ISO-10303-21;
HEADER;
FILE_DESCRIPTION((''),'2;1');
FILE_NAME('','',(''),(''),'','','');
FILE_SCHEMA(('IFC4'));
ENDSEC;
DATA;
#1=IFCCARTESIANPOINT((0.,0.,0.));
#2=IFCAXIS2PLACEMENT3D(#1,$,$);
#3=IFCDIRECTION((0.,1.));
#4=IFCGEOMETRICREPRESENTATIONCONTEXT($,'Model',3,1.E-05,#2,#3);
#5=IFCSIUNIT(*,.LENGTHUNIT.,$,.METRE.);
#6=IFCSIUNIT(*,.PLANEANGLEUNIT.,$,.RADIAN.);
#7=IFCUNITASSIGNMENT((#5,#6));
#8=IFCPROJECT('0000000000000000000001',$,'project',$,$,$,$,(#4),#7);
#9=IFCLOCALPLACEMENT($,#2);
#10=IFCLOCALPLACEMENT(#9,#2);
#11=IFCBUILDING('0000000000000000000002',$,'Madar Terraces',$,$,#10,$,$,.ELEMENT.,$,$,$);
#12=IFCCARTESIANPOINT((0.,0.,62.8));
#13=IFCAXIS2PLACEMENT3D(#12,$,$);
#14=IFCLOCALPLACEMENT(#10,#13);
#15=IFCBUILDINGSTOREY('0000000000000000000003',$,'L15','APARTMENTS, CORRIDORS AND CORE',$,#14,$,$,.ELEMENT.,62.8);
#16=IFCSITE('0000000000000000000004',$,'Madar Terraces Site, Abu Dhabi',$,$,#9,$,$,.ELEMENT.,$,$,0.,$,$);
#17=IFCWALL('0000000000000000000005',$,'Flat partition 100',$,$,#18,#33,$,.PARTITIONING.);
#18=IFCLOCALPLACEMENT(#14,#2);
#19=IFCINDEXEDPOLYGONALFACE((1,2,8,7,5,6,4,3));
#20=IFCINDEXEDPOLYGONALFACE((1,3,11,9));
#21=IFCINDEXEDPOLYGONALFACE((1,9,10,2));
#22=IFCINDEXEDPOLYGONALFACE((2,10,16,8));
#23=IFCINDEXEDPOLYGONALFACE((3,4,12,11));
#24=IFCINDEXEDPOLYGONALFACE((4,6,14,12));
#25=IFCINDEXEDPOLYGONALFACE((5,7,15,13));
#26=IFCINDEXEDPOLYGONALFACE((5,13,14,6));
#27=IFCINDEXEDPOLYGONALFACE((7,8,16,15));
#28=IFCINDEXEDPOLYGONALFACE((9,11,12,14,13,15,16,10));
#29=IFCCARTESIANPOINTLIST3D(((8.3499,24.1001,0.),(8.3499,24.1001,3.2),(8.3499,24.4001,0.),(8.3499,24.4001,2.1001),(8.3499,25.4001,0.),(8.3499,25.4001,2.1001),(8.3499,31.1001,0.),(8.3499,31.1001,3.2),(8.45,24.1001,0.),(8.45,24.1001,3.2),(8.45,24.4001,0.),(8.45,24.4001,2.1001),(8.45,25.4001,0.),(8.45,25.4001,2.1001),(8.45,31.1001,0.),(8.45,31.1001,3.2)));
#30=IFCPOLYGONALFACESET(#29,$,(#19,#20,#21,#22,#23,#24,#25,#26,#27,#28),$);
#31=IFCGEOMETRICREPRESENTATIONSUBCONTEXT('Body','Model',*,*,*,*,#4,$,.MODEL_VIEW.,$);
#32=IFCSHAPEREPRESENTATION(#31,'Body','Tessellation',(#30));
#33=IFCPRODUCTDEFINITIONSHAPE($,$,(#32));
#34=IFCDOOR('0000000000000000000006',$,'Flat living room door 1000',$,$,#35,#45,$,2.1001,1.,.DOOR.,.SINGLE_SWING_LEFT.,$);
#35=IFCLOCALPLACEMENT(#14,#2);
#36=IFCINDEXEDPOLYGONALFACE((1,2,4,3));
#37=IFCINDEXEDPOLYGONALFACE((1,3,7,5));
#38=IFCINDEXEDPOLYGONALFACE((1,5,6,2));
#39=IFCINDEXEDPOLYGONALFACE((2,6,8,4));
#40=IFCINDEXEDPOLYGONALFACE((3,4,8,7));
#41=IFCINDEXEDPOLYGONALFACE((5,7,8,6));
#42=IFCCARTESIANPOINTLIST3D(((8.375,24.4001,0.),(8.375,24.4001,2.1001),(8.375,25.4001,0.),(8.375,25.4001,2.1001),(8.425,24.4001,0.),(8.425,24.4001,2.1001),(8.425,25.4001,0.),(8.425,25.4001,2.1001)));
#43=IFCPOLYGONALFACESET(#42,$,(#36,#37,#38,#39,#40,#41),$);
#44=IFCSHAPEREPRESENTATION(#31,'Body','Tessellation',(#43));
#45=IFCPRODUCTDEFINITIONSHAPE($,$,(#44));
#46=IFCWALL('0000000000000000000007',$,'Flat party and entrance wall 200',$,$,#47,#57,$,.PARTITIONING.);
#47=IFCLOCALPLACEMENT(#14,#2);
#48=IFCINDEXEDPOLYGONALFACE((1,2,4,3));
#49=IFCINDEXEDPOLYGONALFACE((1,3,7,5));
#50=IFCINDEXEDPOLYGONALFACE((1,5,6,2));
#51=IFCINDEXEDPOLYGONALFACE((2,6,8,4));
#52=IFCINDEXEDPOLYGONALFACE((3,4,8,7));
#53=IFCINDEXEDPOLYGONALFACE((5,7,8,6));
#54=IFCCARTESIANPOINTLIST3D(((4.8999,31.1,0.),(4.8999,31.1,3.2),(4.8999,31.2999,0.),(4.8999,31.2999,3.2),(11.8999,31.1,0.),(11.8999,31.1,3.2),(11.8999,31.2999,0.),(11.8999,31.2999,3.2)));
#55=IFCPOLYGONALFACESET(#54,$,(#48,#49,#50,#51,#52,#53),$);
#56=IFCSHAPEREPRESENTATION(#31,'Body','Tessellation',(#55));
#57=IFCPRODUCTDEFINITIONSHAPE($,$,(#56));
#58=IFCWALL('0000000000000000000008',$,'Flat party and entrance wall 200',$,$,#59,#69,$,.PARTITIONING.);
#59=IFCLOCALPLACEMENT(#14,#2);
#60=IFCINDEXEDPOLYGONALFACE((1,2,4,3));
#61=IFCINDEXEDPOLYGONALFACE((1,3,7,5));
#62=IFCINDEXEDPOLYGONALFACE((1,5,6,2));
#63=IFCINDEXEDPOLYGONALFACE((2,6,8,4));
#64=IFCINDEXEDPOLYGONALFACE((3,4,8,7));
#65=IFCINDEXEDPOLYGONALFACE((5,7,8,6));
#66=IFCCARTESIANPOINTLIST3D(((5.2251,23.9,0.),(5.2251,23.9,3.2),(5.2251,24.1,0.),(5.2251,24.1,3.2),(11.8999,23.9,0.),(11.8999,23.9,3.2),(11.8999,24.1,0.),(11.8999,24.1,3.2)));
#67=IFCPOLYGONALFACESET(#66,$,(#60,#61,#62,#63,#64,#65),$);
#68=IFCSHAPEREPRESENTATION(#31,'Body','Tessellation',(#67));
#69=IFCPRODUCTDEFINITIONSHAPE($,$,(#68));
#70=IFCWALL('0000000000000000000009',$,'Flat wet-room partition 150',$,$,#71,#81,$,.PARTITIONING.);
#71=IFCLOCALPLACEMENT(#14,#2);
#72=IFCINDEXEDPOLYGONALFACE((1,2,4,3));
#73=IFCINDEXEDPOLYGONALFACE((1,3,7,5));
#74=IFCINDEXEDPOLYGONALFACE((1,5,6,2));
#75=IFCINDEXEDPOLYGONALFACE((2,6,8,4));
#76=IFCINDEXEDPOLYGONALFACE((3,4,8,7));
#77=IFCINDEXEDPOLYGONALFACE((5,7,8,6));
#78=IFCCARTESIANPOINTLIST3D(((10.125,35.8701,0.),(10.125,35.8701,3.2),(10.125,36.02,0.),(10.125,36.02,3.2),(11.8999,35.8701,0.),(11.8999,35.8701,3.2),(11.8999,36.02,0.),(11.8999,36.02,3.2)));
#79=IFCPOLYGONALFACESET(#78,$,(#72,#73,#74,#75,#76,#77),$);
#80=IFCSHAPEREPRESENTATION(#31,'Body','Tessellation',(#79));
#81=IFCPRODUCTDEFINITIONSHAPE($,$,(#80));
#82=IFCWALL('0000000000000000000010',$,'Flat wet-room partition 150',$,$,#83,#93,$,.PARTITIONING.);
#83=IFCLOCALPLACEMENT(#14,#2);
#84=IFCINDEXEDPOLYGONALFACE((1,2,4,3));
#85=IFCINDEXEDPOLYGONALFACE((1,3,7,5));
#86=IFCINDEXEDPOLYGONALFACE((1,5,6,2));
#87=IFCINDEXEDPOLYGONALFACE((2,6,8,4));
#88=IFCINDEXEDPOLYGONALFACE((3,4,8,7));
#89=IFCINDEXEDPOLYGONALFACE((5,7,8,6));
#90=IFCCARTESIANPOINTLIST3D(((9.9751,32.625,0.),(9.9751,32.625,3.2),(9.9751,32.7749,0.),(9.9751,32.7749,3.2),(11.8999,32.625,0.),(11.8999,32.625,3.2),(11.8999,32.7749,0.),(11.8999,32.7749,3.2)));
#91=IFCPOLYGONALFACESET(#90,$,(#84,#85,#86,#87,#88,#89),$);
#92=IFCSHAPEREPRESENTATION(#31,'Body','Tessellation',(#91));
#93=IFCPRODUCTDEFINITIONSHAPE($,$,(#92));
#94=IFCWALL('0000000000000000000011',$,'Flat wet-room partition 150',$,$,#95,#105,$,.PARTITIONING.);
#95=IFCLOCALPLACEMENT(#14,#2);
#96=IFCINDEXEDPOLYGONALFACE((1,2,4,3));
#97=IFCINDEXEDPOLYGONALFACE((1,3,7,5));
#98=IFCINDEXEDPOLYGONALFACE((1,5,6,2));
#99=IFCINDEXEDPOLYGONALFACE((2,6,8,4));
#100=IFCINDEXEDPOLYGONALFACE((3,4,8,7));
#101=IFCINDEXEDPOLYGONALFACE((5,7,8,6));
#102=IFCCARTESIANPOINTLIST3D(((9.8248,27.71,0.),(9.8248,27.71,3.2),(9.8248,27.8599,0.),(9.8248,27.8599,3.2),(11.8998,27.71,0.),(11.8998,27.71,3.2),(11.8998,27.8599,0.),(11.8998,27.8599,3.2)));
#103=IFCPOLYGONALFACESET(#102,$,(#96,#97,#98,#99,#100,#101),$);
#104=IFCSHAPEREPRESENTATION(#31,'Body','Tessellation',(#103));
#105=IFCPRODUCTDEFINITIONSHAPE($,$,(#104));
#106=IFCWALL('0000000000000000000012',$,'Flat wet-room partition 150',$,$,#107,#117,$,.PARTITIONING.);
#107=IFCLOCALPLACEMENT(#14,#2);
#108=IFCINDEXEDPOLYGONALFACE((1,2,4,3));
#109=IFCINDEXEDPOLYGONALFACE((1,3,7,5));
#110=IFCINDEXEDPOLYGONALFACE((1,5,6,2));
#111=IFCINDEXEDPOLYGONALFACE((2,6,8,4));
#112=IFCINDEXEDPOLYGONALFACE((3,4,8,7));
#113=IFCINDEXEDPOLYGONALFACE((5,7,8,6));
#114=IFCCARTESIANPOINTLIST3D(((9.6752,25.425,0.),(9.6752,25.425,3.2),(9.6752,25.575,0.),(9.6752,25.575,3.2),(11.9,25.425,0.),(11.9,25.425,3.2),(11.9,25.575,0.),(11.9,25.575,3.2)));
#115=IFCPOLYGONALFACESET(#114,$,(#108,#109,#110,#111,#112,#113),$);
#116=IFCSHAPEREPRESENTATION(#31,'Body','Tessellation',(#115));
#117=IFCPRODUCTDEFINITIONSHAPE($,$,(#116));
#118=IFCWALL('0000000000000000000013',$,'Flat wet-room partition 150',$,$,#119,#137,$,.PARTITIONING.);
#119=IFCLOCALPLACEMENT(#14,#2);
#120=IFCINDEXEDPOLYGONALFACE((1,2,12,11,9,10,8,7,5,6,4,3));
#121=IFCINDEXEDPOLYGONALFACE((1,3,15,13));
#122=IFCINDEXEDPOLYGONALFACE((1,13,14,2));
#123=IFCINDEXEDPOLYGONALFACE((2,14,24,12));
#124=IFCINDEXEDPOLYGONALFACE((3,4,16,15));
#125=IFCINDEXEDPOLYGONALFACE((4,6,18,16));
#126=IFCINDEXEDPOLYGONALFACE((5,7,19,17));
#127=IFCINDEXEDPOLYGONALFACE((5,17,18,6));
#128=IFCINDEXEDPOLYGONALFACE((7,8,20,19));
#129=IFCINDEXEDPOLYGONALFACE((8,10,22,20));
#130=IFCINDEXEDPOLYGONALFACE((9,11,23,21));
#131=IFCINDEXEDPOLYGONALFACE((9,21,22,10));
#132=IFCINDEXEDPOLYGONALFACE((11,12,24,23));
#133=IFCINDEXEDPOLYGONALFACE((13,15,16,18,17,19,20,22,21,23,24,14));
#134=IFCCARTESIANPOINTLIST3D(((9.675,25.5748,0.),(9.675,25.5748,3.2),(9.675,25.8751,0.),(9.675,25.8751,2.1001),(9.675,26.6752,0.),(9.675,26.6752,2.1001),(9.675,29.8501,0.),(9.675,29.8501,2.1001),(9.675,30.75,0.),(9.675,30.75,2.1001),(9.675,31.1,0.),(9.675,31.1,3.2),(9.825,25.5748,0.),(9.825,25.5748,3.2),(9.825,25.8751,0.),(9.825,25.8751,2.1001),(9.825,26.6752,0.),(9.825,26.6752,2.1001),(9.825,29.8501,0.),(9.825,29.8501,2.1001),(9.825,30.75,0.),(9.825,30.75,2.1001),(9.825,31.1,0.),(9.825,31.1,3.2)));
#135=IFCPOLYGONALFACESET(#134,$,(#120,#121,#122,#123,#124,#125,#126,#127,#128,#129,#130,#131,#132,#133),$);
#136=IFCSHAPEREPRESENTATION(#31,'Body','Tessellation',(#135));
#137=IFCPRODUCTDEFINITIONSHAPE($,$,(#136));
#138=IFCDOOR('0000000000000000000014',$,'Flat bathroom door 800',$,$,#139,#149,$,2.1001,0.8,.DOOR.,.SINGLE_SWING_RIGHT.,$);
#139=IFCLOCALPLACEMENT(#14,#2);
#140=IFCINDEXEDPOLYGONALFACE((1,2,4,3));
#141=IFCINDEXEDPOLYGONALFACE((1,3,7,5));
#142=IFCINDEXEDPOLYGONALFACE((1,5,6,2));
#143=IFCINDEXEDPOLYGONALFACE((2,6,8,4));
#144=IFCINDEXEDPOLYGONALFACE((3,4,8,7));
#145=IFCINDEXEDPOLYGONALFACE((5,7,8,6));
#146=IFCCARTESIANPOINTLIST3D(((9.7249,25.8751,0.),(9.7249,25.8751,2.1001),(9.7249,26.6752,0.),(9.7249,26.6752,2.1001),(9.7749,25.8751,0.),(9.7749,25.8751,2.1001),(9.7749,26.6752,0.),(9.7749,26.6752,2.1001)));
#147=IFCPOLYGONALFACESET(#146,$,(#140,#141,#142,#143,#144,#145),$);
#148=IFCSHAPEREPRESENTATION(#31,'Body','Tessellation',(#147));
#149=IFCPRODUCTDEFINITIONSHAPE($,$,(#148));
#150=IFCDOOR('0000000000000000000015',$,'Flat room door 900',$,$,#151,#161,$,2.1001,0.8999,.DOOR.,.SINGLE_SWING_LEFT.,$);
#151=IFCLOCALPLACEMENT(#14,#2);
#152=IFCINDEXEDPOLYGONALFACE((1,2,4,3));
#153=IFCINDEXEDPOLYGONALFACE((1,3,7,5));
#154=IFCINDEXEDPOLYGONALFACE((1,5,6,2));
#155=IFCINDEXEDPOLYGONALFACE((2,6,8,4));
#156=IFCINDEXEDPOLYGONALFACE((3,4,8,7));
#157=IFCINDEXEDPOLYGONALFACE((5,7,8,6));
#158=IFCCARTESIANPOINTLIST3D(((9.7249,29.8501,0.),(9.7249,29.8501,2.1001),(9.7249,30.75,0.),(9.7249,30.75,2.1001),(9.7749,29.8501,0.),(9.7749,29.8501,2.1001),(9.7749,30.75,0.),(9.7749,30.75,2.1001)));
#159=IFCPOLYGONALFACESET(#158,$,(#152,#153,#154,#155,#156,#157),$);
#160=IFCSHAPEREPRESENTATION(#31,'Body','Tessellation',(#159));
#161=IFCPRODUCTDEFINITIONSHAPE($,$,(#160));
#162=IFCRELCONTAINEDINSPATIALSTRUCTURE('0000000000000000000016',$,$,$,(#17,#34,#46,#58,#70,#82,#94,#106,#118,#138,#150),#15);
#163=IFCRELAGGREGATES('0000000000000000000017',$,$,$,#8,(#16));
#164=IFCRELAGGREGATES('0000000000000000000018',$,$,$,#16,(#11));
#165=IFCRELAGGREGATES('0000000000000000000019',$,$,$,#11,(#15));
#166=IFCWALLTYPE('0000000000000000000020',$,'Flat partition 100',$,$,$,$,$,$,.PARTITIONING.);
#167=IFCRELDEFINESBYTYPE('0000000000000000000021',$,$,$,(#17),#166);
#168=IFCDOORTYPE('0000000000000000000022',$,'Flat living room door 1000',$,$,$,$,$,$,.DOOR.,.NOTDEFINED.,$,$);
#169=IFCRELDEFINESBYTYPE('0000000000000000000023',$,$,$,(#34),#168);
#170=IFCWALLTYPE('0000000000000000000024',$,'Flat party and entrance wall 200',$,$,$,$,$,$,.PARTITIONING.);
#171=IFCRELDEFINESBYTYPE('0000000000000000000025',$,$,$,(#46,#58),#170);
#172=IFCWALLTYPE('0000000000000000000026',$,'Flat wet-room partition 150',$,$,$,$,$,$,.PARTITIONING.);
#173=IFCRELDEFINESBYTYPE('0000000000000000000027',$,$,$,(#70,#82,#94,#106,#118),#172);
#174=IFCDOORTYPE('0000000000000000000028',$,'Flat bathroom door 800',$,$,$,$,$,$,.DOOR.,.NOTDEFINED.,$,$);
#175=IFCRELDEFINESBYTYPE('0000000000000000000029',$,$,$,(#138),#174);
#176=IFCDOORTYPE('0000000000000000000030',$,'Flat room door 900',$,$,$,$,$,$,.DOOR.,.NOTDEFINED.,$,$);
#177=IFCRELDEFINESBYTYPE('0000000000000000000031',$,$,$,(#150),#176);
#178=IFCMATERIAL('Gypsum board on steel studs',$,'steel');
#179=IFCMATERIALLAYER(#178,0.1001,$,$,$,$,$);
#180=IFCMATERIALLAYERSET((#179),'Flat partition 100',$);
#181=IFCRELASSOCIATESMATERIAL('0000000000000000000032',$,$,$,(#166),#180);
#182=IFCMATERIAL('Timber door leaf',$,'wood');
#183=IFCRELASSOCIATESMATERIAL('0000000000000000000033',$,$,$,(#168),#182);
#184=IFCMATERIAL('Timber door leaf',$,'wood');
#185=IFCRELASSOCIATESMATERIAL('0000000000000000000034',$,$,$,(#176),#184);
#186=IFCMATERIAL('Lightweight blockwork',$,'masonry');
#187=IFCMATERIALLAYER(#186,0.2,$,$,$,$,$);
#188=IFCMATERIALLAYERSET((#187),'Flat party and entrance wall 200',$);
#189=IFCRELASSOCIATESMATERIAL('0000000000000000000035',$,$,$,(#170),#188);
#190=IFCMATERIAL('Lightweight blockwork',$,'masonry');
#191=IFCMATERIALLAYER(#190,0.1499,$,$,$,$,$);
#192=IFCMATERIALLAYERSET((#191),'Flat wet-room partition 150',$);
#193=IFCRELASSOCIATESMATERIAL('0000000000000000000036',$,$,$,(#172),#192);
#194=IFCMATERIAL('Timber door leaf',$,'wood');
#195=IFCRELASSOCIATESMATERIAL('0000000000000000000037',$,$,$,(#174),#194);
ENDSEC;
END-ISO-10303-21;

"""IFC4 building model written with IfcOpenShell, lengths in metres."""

from ifc_helpers import new_model, si_unit, direction, frame, frame_2d, origin, place, context, subcontext, project, spatial, rectangle, extrude, material, layer, layer_set, type_object, element, fill, save


model = new_model("IFC4")

# Units and contexts
model_context = context("Model", 3, precision=1e-05, world=origin(), true_north=direction((0.0, 1.0)))
body_context = subcontext(model_context, "Body", "Model", "MODEL_VIEW")
ifc_project = project(units=[si_unit("LENGTHUNIT", "METRE"), si_unit("PLANEANGLEUNIT", "RADIAN")], contexts=[model_context])

# Site, building, storey
site_placement = place(None, origin())
site = spatial("IfcSite", under=ifc_project, at=site_placement, Name="Madar Terraces Site, Abu Dhabi", CompositionType="ELEMENT", RefElevation=0.0)
building_placement = place(site_placement, origin())
building = spatial("IfcBuilding", under=site, at=building_placement, Name="Madar Terraces", CompositionType="ELEMENT")
storey_placement = place(building_placement, frame((0.0, 0.0, 62.8)))
storey = spatial("IfcBuildingStorey", under=building, at=storey_placement, Name="L15", Description="APARTMENTS, CORRIDORS AND CORE", CompositionType="ELEMENT", Elevation=62.8)

# Shared definitions
ifc_material_1 = material(Name="Gypsum board on steel studs", Category="steel")
ifc_layer_1 = layer(ifc_material_1, 0.1001)
ifc_layer_set_1 = layer_set([ifc_layer_1], Name="Flat partition 100")
wall_type_1 = type_object("IfcWallType", Name="Flat partition 100", PredefinedType="PARTITIONING", material=ifc_layer_set_1)

# Shared definitions
ifc_material_2 = material(Name="Timber door leaf", Category="wood")
door_type_1 = type_object("IfcDoorType", Name="Flat living room door 1000", OperationType="NOTDEFINED", PredefinedType="DOOR", material=ifc_material_2)
ifc_material_3 = material(Name="Timber door leaf", Category="wood")
door_type_2 = type_object("IfcDoorType", Name="Flat room door 900", OperationType="NOTDEFINED", PredefinedType="DOOR", material=ifc_material_3)

# Wall, opening, door
wall_1_placement = place(storey_placement, frame((8.3999, 24.1001, 0.0), z_axis=(0.0, 0.0, 1.0), x_axis=(0.0, 1.0, 0.0)))
wall_1 = element("IfcWall", 1, at=wall_1_placement, inside=storey, type_object=wall_type_1, Name="Flat partition 100", PredefinedType="PARTITIONING", context=body_context, shape_type="SweptSolid", body=[
    extrude(rectangle(XDim=7.0, YDim=0.1001, at=frame_2d((3.5, 0.0))), origin(), (0.0, 0.0, 1.0), 3.2),
])
opening_1_placement = place(wall_1_placement, frame((0.3, 0.0, 0.0)))
opening_1 = element("IfcOpeningElement", 2, at=opening_1_placement, cuts=wall_1, PredefinedType="OPENING", context=body_context, shape_type="SweptSolid", body=[
    extrude(rectangle(XDim=1.0, YDim=2.1001, at=frame_2d((0.5, 1.05))), frame((0.0, 0.0601, 0.0), z_axis=(0.0, -1.0, 0.0), x_axis=(1.0, 0.0, 0.0)), (0.0, 0.0, 1.0), 0.1201),
])
door_1_placement = place(opening_1_placement, origin())
door_1 = element("IfcDoor", 3, at=door_1_placement, inside=storey, type_object=door_type_1, Name="Flat living room door 1000", OperationType="SINGLE_SWING_LEFT", OverallHeight=2.1001, OverallWidth=1.0, PredefinedType="DOOR", context=body_context, shape_type="SweptSolid", body=[
    extrude(rectangle(XDim=1.0, YDim=2.1001, at=frame_2d((0.5, 1.05))), frame((0.0, 0.0249, 0.0), z_axis=(0.0, -1.0, 0.0), x_axis=(1.0, 0.0, 0.0)), (0.0, 0.0, 1.0), 0.05),
])
fill(opening_1, door_1)

# Walls
ifc_material_4 = material(Name="Lightweight blockwork", Category="masonry")
ifc_layer_2 = layer(ifc_material_4, 0.2)
ifc_layer_set_2 = layer_set([ifc_layer_2], Name="Flat party and entrance wall 200")
wall_type_2 = type_object("IfcWallType", Name="Flat party and entrance wall 200", PredefinedType="PARTITIONING", material=ifc_layer_set_2)
wall_2_placement = place(storey_placement, frame((4.8999, 31.2, 0.0), z_axis=(0.0, 0.0, 1.0), x_axis=(1.0, 0.0, 0.0)))
element("IfcWall", 4, at=wall_2_placement, inside=storey, type_object=wall_type_2, Name="Flat party and entrance wall 200", PredefinedType="PARTITIONING", context=body_context, shape_type="SweptSolid", body=[
    extrude(rectangle(XDim=7.0, YDim=0.2, at=frame_2d((3.5, 0.0))), origin(), (0.0, 0.0, 1.0), 3.2),
])
wall_3_placement = place(storey_placement, frame((5.2251, 24.0, 0.0), z_axis=(0.0, 0.0, 1.0), x_axis=(1.0, 0.0, 0.0)))
element("IfcWall", 5, at=wall_3_placement, inside=storey, type_object=wall_type_2, Name="Flat party and entrance wall 200", PredefinedType="PARTITIONING", context=body_context, shape_type="SweptSolid", body=[
    extrude(rectangle(XDim=6.6748, YDim=0.2, at=frame_2d((3.3374, 0.0))), origin(), (0.0, 0.0, 1.0), 3.2),
])
ifc_material_5 = material(Name="Lightweight blockwork", Category="masonry")
ifc_layer_3 = layer(ifc_material_5, 0.1499)
ifc_layer_set_3 = layer_set([ifc_layer_3], Name="Flat wet-room partition 150")
wall_type_3 = type_object("IfcWallType", Name="Flat wet-room partition 150", PredefinedType="PARTITIONING", material=ifc_layer_set_3)
wall_4_placement = place(storey_placement, frame((11.8999, 35.9451, 0.0), z_axis=(0.0, 0.0, 1.0), x_axis=(-1.0, 0.0, 0.0)))
element("IfcWall", 6, at=wall_4_placement, inside=storey, type_object=wall_type_3, Name="Flat wet-room partition 150", PredefinedType="PARTITIONING", context=body_context, shape_type="SweptSolid", body=[
    extrude(rectangle(XDim=1.7749, YDim=0.1499, at=frame_2d((0.8875, 0.0))), origin(), (0.0, 0.0, 1.0), 3.2),
])
wall_5_placement = place(storey_placement, frame((11.8999, 32.7, 0.0), z_axis=(0.0, 0.0, 1.0), x_axis=(-1.0, 0.0, 0.0)))
element("IfcWall", 7, at=wall_5_placement, inside=storey, type_object=wall_type_3, Name="Flat wet-room partition 150", PredefinedType="PARTITIONING", context=body_context, shape_type="SweptSolid", body=[
    extrude(rectangle(XDim=1.9248, YDim=0.1499, at=frame_2d((0.9624, 0.0))), origin(), (0.0, 0.0, 1.0), 3.2),
])
wall_6_placement = place(storey_placement, frame((11.8999, 27.7849, 0.0), z_axis=(0.0, 0.0, 1.0), x_axis=(-1.0, 0.0, 0.0)))
element("IfcWall", 8, at=wall_6_placement, inside=storey, type_object=wall_type_3, Name="Flat wet-room partition 150", PredefinedType="PARTITIONING", context=body_context, shape_type="SweptSolid", body=[
    extrude(rectangle(XDim=2.075, YDim=0.1499, at=frame_2d((1.0376, 0.0))), origin(), (0.0, 0.0, 1.0), 3.2),
])
wall_7_placement = place(storey_placement, frame((11.8999, 25.5, 0.0), z_axis=(0.0, 0.0, 1.0), x_axis=(-1.0, 0.0, 0.0)))
element("IfcWall", 9, at=wall_7_placement, inside=storey, type_object=wall_type_3, Name="Flat wet-room partition 150", PredefinedType="PARTITIONING", context=body_context, shape_type="SweptSolid", body=[
    extrude(rectangle(XDim=2.2249, YDim=0.1499, at=frame_2d((1.1123, 0.0))), origin(), (0.0, 0.0, 1.0), 3.2),
])

# Wall, openings, doors
wall_8_placement = place(storey_placement, frame((9.75, 31.1001, 0.0), z_axis=(0.0, 0.0, 1.0), x_axis=(0.0, -1.0, 0.0)))
wall_8 = element("IfcWall", 10, at=wall_8_placement, inside=storey, type_object=wall_type_3, Name="Flat wet-room partition 150", PredefinedType="PARTITIONING", context=body_context, shape_type="SweptSolid", body=[
    extrude(rectangle(XDim=5.5251, YDim=0.1499, at=frame_2d((2.7627, 0.0))), origin(), (0.0, 0.0, 1.0), 3.2),
])
opening_2_placement = place(wall_8_placement, frame((4.425, 0.0, 0.0)))
opening_2 = element("IfcOpeningElement", 11, at=opening_2_placement, cuts=wall_8, PredefinedType="OPENING", context=body_context, shape_type="SweptSolid", body=[
    extrude(rectangle(XDim=0.8, YDim=2.1001, at=frame_2d((0.3999, 1.05))), frame((0.0, 0.085, 0.0), z_axis=(0.0, -1.0, 0.0), x_axis=(1.0, 0.0, 0.0)), (0.0, 0.0, 1.0), 0.1699),
])
opening_3_placement = place(wall_8_placement, frame((0.3501, 0.0, 0.0)))
opening_3 = element("IfcOpeningElement", 12, at=opening_3_placement, cuts=wall_8, PredefinedType="OPENING", context=body_context, shape_type="SweptSolid", body=[
    extrude(rectangle(XDim=0.8999, YDim=2.1001, at=frame_2d((0.45, 1.05))), frame((0.0, 0.085, 0.0), z_axis=(0.0, -1.0, 0.0), x_axis=(1.0, 0.0, 0.0)), (0.0, 0.0, 1.0), 0.1699),
])
ifc_material_6 = material(Name="Timber door leaf", Category="wood")
door_type_3 = type_object("IfcDoorType", Name="Flat bathroom door 800", OperationType="NOTDEFINED", PredefinedType="DOOR", material=ifc_material_6)
door_2_placement = place(opening_2_placement, origin())
door_2 = element("IfcDoor", 13, at=door_2_placement, inside=storey, type_object=door_type_3, Name="Flat bathroom door 800", OperationType="SINGLE_SWING_RIGHT", OverallHeight=2.1001, OverallWidth=0.8, PredefinedType="DOOR", context=body_context, shape_type="SweptSolid", body=[
    extrude(rectangle(XDim=0.8, YDim=2.1001, at=frame_2d((0.3999, 1.05))), frame((0.0, 0.0249, 0.0), z_axis=(0.0, -1.0, 0.0), x_axis=(1.0, 0.0, 0.0)), (0.0, 0.0, 1.0), 0.05),
])
fill(opening_2, door_2)
door_3_placement = place(opening_3_placement, origin())
door_3 = element("IfcDoor", 14, at=door_3_placement, inside=storey, type_object=door_type_2, Name="Flat room door 900", OperationType="SINGLE_SWING_LEFT", OverallHeight=2.1001, OverallWidth=0.8999, PredefinedType="DOOR", context=body_context, shape_type="SweptSolid", body=[
    extrude(rectangle(XDim=0.8999, YDim=2.1001, at=frame_2d((0.45, 1.05))), frame((0.0, 0.0249, 0.0), z_axis=(0.0, -1.0, 0.0), x_axis=(1.0, 0.0, 0.0)), (0.0, 0.0, 1.0), 0.05),
])
fill(opening_3, door_3)

save(model, "model.ifc")
